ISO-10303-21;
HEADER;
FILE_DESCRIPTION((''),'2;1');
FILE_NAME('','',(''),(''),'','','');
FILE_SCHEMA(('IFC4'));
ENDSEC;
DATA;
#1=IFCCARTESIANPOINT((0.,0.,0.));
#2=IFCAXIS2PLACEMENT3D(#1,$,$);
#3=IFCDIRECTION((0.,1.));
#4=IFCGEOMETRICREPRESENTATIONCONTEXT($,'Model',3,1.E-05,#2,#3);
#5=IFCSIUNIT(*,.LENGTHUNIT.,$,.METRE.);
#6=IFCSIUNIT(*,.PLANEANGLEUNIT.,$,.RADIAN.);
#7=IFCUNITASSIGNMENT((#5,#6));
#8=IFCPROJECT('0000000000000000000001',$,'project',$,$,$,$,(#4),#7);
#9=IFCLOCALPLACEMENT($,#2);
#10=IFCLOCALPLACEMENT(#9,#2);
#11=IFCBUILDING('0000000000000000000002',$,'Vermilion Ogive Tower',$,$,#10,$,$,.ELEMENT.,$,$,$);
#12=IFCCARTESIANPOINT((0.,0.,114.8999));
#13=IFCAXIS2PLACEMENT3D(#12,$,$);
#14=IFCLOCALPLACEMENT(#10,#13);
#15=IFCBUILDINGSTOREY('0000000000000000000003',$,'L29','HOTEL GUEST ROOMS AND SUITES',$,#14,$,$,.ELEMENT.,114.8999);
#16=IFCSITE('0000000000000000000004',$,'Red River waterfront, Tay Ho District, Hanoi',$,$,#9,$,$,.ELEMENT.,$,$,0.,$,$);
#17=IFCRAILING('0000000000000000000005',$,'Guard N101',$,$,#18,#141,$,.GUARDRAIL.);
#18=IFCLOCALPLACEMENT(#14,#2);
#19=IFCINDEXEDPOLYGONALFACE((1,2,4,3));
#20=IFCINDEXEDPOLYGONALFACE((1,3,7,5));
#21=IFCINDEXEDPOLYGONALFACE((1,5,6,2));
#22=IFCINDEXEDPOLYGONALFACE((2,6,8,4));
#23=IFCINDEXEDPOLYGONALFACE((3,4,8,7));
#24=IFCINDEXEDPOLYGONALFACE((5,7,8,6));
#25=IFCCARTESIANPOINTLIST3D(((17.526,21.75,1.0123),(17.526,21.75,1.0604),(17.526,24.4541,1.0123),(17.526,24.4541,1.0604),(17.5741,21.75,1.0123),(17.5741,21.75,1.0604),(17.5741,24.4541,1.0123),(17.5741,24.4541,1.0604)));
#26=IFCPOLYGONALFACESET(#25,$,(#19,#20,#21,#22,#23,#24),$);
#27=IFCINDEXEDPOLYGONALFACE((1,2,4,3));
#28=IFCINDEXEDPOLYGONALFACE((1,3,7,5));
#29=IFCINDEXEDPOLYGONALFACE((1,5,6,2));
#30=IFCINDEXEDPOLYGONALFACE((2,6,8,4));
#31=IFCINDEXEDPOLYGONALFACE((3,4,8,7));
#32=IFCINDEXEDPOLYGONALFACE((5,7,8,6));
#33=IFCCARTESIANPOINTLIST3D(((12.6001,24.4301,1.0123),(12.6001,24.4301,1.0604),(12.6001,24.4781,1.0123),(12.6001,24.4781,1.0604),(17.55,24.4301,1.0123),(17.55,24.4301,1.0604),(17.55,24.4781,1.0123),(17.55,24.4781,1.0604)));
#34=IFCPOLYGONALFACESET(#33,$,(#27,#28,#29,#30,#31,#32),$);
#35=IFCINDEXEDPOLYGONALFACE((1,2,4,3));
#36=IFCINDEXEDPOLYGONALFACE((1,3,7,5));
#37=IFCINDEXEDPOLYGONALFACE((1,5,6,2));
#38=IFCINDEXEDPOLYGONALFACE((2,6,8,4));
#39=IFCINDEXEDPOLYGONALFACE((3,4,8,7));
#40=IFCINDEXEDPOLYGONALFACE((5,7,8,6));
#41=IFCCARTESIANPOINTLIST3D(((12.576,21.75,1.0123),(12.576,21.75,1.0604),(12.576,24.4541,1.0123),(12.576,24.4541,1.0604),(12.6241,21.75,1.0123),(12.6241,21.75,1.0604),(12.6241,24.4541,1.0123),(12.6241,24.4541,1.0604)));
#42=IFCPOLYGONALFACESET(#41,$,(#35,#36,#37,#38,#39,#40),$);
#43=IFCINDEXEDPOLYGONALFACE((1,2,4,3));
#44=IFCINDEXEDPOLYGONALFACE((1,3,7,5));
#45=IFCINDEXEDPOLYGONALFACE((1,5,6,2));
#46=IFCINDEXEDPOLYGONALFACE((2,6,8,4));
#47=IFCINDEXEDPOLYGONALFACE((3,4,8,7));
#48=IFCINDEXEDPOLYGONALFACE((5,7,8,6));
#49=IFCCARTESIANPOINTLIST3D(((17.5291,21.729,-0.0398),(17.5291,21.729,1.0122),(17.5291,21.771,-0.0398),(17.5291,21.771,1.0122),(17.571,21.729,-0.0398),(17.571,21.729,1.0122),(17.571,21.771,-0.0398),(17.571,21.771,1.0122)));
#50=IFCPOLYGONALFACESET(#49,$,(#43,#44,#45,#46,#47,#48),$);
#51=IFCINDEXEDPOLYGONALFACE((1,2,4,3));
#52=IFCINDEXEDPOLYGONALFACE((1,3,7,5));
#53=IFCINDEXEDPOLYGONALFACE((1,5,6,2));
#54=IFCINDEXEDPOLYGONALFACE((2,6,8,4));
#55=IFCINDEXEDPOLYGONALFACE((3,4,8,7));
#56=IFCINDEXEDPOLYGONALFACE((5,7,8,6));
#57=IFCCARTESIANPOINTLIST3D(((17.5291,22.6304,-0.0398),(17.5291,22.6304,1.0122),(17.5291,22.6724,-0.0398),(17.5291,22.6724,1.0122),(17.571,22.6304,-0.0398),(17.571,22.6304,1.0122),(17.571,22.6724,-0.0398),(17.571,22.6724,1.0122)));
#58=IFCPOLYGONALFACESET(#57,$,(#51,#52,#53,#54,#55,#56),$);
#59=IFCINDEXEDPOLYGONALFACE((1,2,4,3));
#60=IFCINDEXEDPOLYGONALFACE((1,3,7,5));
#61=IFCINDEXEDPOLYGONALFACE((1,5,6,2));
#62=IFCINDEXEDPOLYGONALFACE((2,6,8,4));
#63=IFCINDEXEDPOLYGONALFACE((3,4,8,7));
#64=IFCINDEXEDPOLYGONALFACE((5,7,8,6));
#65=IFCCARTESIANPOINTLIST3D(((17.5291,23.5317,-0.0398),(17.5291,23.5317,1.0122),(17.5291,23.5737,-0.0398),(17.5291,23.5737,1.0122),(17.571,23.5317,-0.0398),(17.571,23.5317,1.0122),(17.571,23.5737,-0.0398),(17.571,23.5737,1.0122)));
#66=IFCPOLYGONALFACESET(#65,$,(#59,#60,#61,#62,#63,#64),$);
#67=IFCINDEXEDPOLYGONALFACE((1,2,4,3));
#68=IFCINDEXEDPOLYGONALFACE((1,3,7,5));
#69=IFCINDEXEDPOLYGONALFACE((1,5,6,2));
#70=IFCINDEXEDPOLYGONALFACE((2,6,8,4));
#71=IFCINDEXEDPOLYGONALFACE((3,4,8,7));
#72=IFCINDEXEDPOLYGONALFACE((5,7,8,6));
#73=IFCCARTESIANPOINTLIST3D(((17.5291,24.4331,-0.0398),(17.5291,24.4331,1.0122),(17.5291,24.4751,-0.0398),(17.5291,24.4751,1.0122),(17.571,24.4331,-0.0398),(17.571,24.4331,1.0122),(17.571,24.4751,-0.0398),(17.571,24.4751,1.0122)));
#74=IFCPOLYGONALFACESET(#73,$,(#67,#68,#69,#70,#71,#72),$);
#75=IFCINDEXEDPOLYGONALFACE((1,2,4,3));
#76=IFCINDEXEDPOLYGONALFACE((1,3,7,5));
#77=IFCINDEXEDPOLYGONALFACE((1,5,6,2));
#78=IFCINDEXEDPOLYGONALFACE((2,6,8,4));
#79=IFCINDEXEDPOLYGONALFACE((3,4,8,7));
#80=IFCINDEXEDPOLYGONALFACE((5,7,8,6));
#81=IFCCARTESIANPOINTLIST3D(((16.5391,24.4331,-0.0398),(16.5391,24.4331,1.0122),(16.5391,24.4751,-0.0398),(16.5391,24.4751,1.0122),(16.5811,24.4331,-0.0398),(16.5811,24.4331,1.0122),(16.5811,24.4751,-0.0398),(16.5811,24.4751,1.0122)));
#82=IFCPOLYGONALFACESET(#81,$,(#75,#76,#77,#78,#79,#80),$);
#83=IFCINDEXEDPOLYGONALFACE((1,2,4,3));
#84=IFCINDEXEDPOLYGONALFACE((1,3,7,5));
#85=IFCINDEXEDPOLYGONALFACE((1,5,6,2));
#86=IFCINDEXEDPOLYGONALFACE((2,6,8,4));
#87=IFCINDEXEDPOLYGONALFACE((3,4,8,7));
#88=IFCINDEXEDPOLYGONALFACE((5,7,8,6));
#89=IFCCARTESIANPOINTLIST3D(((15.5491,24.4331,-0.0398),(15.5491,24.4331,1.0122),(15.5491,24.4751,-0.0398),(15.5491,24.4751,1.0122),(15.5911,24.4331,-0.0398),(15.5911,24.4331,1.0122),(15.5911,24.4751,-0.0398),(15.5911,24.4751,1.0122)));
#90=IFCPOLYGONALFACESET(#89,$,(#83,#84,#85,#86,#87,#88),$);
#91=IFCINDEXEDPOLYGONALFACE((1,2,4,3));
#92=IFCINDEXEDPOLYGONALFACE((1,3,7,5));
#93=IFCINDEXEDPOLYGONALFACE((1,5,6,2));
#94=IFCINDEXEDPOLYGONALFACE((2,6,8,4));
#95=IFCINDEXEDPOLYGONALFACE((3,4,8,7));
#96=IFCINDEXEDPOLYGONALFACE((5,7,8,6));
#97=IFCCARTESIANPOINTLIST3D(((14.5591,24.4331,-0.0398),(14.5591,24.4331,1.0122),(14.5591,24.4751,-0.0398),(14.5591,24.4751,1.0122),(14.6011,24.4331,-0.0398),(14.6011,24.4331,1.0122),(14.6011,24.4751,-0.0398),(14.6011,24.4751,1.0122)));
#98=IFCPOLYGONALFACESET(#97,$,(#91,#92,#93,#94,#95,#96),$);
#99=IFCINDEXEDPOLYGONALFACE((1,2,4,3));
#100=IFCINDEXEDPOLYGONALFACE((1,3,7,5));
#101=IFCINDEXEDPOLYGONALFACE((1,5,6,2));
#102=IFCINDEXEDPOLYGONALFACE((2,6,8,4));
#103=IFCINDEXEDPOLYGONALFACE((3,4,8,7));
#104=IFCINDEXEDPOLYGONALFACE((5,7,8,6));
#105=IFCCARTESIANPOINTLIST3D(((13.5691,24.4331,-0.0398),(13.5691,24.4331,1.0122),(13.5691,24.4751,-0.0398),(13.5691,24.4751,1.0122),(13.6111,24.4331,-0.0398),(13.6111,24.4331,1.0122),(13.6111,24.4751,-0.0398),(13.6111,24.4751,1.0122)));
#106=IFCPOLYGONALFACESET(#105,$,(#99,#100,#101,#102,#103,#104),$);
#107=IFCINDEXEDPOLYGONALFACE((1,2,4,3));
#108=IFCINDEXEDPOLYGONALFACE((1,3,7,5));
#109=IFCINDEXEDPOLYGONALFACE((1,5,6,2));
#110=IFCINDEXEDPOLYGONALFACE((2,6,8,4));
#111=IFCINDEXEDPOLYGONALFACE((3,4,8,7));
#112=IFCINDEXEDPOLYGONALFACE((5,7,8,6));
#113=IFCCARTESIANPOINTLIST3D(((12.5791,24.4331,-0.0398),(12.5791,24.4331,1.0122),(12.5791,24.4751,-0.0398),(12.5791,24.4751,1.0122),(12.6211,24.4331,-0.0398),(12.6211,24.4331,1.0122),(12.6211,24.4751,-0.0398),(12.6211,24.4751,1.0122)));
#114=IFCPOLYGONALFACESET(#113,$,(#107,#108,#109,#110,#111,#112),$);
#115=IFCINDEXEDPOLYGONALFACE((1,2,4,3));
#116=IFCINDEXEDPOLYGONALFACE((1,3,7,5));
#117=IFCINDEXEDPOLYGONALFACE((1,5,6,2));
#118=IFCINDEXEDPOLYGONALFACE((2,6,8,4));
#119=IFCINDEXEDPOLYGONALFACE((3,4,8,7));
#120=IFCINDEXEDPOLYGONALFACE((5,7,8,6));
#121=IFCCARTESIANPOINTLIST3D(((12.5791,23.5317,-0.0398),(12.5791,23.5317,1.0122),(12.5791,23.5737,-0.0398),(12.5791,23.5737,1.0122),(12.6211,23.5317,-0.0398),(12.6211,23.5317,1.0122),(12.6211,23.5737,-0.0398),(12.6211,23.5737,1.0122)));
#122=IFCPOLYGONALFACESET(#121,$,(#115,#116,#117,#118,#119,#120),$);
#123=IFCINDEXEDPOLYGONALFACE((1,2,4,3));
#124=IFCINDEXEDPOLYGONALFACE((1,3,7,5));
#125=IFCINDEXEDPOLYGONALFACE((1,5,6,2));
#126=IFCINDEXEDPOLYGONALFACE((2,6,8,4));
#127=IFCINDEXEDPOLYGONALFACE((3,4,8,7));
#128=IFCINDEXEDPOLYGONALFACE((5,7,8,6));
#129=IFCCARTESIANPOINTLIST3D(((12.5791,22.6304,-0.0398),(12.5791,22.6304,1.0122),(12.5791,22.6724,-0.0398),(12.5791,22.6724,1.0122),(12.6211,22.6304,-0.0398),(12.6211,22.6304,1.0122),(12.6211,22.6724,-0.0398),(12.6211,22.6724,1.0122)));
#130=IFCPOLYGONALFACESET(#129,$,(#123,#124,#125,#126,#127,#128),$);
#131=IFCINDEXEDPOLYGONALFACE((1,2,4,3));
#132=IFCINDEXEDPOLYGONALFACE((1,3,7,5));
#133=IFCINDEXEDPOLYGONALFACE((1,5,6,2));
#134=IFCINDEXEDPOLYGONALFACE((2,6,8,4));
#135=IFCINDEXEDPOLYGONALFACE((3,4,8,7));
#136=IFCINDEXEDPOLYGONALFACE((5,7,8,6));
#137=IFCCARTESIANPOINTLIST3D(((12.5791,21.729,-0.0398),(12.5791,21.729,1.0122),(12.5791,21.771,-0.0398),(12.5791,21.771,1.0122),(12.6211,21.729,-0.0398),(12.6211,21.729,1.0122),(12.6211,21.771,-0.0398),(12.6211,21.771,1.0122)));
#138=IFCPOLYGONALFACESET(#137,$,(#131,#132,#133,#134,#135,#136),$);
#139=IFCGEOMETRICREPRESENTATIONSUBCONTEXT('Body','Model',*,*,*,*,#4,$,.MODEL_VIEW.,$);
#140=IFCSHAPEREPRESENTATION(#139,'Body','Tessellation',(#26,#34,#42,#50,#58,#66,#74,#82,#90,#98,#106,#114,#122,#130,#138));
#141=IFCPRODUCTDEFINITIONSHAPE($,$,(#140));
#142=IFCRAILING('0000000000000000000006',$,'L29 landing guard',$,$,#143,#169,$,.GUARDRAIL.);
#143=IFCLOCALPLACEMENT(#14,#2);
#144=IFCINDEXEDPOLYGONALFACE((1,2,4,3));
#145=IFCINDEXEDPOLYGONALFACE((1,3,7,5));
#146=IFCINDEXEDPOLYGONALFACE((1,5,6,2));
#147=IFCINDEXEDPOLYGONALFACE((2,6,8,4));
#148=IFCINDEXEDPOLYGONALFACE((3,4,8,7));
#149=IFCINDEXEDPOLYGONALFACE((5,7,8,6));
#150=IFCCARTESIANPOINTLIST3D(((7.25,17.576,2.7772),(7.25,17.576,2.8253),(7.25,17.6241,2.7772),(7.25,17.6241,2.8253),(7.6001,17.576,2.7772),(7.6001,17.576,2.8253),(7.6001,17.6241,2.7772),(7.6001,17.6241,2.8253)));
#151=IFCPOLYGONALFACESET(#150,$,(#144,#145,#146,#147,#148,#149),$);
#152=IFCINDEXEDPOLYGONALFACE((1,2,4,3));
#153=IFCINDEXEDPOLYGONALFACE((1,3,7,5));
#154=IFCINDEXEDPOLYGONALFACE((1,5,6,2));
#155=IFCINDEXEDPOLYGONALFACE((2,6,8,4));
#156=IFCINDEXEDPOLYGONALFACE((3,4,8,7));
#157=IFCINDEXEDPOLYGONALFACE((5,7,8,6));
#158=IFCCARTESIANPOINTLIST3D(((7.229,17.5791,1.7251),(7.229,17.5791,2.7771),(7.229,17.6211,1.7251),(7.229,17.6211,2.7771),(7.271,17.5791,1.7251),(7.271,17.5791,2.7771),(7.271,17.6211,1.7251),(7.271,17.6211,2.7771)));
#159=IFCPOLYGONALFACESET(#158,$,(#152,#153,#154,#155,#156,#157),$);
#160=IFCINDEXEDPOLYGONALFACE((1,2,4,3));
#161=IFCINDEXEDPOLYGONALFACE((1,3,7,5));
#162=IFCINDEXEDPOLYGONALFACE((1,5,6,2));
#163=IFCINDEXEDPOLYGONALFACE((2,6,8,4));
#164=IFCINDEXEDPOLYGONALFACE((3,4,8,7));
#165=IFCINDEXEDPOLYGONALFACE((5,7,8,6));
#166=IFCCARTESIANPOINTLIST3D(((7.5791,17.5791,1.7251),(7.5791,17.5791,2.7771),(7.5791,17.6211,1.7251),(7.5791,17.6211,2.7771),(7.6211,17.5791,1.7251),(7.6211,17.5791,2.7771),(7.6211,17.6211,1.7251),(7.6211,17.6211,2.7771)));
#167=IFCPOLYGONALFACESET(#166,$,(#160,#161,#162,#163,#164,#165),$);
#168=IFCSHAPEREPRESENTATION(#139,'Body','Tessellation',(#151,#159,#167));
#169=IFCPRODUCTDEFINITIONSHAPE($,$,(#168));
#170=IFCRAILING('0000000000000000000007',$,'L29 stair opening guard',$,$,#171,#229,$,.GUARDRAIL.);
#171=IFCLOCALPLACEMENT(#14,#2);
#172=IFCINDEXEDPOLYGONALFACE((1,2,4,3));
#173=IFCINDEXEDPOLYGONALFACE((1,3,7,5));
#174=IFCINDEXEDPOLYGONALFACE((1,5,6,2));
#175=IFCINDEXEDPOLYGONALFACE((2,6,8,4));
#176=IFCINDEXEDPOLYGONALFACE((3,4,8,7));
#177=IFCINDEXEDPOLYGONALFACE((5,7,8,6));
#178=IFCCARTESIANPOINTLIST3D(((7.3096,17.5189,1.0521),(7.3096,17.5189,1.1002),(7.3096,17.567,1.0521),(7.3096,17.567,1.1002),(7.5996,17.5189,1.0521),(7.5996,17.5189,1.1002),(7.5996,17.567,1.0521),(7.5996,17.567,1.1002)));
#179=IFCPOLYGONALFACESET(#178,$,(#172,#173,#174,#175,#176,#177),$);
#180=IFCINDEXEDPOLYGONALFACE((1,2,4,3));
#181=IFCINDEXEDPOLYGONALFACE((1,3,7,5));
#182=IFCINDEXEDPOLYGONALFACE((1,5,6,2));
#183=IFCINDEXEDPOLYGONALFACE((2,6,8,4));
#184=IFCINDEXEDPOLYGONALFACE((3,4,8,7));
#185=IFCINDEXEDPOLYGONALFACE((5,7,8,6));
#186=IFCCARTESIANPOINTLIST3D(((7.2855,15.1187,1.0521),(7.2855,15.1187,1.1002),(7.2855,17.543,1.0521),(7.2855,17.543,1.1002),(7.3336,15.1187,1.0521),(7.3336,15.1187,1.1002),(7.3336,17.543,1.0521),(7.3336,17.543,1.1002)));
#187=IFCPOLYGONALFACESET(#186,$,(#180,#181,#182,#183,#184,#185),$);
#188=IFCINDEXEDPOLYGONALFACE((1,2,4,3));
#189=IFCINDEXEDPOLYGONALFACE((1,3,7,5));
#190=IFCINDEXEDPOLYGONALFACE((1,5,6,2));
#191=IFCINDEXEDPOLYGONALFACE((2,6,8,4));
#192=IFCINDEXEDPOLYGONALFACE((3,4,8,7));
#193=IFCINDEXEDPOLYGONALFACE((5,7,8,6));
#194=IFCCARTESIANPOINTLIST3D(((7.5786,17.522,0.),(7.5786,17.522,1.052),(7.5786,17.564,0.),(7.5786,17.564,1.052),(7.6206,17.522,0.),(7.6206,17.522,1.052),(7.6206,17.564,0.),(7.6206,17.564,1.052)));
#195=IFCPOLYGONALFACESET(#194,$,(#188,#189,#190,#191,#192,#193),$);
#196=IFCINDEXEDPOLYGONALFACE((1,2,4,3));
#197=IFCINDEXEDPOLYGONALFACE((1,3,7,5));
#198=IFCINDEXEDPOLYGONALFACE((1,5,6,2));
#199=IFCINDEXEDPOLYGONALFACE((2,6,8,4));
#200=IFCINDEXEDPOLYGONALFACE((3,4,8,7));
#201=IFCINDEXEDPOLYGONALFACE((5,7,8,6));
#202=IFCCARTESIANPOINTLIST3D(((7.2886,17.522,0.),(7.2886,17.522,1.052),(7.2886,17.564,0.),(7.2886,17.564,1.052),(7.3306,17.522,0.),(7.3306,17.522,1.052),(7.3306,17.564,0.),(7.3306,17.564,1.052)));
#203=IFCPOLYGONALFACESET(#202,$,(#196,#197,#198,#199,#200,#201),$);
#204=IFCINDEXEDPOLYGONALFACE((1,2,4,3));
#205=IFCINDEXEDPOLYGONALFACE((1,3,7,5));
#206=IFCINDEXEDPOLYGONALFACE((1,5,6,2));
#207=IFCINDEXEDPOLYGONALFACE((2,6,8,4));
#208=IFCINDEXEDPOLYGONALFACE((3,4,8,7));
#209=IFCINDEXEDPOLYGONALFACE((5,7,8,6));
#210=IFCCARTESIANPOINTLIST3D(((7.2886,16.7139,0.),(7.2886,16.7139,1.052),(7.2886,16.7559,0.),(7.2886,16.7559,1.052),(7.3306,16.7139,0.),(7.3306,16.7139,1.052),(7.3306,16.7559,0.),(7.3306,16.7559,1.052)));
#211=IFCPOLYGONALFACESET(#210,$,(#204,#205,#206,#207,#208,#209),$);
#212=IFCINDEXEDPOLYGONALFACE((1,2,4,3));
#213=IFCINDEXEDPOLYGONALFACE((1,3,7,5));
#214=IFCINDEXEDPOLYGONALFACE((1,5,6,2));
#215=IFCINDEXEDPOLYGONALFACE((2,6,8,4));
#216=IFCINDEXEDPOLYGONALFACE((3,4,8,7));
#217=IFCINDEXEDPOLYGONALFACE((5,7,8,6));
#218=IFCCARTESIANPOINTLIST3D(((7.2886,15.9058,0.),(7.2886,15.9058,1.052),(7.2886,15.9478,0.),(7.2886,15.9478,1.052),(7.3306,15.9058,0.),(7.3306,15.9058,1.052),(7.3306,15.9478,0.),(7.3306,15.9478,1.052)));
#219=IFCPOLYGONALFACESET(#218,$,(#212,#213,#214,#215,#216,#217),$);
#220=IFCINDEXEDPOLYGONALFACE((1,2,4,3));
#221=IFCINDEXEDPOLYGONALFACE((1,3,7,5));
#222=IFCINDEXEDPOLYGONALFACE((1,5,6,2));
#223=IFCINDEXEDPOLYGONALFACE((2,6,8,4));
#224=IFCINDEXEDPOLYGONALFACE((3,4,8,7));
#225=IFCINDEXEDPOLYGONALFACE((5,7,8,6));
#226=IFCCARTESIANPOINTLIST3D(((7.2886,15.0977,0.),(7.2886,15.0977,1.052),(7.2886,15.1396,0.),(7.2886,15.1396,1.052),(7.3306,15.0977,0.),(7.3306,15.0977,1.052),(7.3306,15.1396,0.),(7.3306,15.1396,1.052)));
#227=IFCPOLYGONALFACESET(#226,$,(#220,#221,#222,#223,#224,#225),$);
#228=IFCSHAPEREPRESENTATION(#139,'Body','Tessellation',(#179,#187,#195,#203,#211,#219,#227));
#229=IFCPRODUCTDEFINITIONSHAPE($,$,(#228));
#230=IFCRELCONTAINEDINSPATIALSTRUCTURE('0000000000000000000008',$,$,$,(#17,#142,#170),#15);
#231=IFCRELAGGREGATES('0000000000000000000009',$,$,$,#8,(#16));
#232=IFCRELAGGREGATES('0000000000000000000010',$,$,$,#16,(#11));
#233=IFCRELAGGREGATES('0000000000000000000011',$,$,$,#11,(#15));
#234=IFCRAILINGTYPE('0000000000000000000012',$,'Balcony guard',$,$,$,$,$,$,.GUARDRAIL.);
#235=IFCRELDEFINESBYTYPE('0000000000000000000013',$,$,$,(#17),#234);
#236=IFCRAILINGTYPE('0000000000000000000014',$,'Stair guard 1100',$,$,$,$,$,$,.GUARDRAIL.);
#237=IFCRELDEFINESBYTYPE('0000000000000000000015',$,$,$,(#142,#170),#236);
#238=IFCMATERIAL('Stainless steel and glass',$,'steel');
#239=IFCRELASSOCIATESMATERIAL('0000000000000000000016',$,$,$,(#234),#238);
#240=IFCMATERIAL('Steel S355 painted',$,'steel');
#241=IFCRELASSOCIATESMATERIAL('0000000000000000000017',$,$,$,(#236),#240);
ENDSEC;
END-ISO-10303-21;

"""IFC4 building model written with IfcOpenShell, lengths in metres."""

from ifc_helpers import new_model, si_unit, direction, frame, origin, origin_2d, place, context, subcontext, project, spatial, rectangle, extrude, material, type_object, element, save


model = new_model("IFC4")

# Units and contexts
model_context = context("Model", 3, precision=1e-05, world=origin(), true_north=direction((0.0, 1.0)))
body_context = subcontext(model_context, "Body", "Model", "MODEL_VIEW")
ifc_project = project(units=[si_unit("LENGTHUNIT", "METRE"), si_unit("PLANEANGLEUNIT", "RADIAN")], contexts=[model_context])

# Site, building, storey
site_placement = place(None, origin())
site = spatial("IfcSite", under=ifc_project, at=site_placement, Name="Red River waterfront, Tay Ho District, Hanoi", CompositionType="ELEMENT", RefElevation=0.0)
building_placement = place(site_placement, origin())
building = spatial("IfcBuilding", under=site, at=building_placement, Name="Vermilion Ogive Tower", CompositionType="ELEMENT")
storey_placement = place(building_placement, frame((0.0, 0.0, 114.8999)))
storey = spatial("IfcBuildingStorey", under=building, at=storey_placement, Name="L29", Description="HOTEL GUEST ROOMS AND SUITES", CompositionType="ELEMENT", Elevation=114.8999)

# Railings
ifc_material_1 = material(Name="Stainless steel and glass", Category="steel")
railing_type_1 = type_object("IfcRailingType", Name="Balcony guard", PredefinedType="GUARDRAIL", material=ifc_material_1)
railing_1_placement = place(storey_placement, frame((17.55, 21.75, -0.0398)))
element("IfcRailing", 1, at=railing_1_placement, inside=storey, type_object=railing_type_1, Name="Guard N101", PredefinedType="GUARDRAIL", context=body_context, shape_type="SweptSolid", body=[
    extrude(rectangle(XDim=0.0481, YDim=0.0481, at=origin_2d()), frame((0.0, 0.0, 1.0762), z_axis=(0.0, 1.0, 0.0), x_axis=(-1.0, 0.0, 0.0)), (0.0, 0.0, 1.0), 2.7041),
    extrude(rectangle(XDim=0.0481, YDim=0.0481, at=origin_2d()), frame((0.0, 2.7041, 1.0762), z_axis=(-1.0, 0.0, 0.0), x_axis=(0.0, -1.0, 0.0)), (0.0, 0.0, 1.0), 4.95),
    extrude(rectangle(XDim=0.0481, YDim=0.0481, at=origin_2d()), frame((-4.95, 2.7041, 1.0762), z_axis=(0.0, -1.0, 0.0), x_axis=(1.0, 0.0, 0.0)), (0.0, 0.0, 1.0), 2.7041),
    extrude(rectangle(XDim=0.042, YDim=0.042, at=origin_2d()), origin(), (0.0, 0.0, 1.0), 1.052),
    extrude(rectangle(XDim=0.042, YDim=0.042, at=origin_2d()), frame((0.0, 0.9014, 0.0)), (0.0, 0.0, 1.0), 1.052),
    extrude(rectangle(XDim=0.042, YDim=0.042, at=origin_2d()), frame((0.0, 1.8027, 0.0)), (0.0, 0.0, 1.0), 1.052),
    extrude(rectangle(XDim=0.042, YDim=0.042, at=origin_2d()), frame((0.0, 2.7041, 0.0)), (0.0, 0.0, 1.0), 1.052),
    extrude(rectangle(XDim=0.042, YDim=0.042, at=origin_2d()), frame((-0.99, 2.7041, 0.0)), (0.0, 0.0, 1.0), 1.052),
    extrude(rectangle(XDim=0.042, YDim=0.042, at=origin_2d()), frame((-1.98, 2.7041, 0.0)), (0.0, 0.0, 1.0), 1.052),
    extrude(rectangle(XDim=0.042, YDim=0.042, at=origin_2d()), frame((-2.97, 2.7041, 0.0)), (0.0, 0.0, 1.0), 1.052),
    extrude(rectangle(XDim=0.042, YDim=0.042, at=origin_2d()), frame((-3.96, 2.7041, 0.0)), (0.0, 0.0, 1.0), 1.052),
    extrude(rectangle(XDim=0.042, YDim=0.042, at=origin_2d()), frame((-4.95, 2.7041, 0.0)), (0.0, 0.0, 1.0), 1.052),
    extrude(rectangle(XDim=0.042, YDim=0.042, at=origin_2d()), frame((-4.95, 1.8027, 0.0)), (0.0, 0.0, 1.0), 1.052),
    extrude(rectangle(XDim=0.042, YDim=0.042, at=origin_2d()), frame((-4.95, 0.9014, 0.0)), (0.0, 0.0, 1.0), 1.052),
    extrude(rectangle(XDim=0.042, YDim=0.042, at=origin_2d()), frame((-4.95, 0.0, 0.0)), (0.0, 0.0, 1.0), 1.052),
])
ifc_material_2 = material(Name="Steel S355 painted", Category="steel")
railing_type_2 = type_object("IfcRailingType", Name="Stair guard 1100", PredefinedType="GUARDRAIL", material=ifc_material_2)
railing_2_placement = place(storey_placement, frame((7.25, 17.6001, 1.7251)))
element("IfcRailing", 2, at=railing_2_placement, inside=storey, type_object=railing_type_2, Name="L29 landing guard", PredefinedType="GUARDRAIL", context=body_context, shape_type="SweptSolid", body=[
    extrude(rectangle(XDim=0.0481, YDim=0.0481, at=origin_2d()), frame((0.0, 0.0, 1.0762), z_axis=(1.0, 0.0, 0.0), x_axis=(0.0, 1.0, 0.0)), (0.0, 0.0, 1.0), 0.3501),
    extrude(rectangle(XDim=0.042, YDim=0.042, at=origin_2d()), origin(), (0.0, 0.0, 1.0), 1.052),
    extrude(rectangle(XDim=0.042, YDim=0.042, at=origin_2d()), frame((0.3501, 0.0, 0.0)), (0.0, 0.0, 1.0), 1.052),
])
railing_3_placement = place(storey_placement, frame((7.5996, 17.543, 0.0)))
element("IfcRailing", 3, at=railing_3_placement, inside=storey, type_object=railing_type_2, Name="L29 stair opening guard", PredefinedType="GUARDRAIL", context=body_context, shape_type="SweptSolid", body=[
    extrude(rectangle(XDim=0.0481, YDim=0.0481, at=origin_2d()), frame((0.0, 0.0, 1.0762), z_axis=(-1.0, 0.0, 0.0), x_axis=(0.0, -1.0, 0.0)), (0.0, 0.0, 1.0), 0.29),
    extrude(rectangle(XDim=0.0481, YDim=0.0481, at=origin_2d()), frame((-0.29, 0.0, 1.0762), z_axis=(0.0, -1.0, 0.0), x_axis=(1.0, 0.0, 0.0)), (0.0, 0.0, 1.0), 2.4243),
    extrude(rectangle(XDim=0.042, YDim=0.042, at=origin_2d()), origin(), (0.0, 0.0, 1.0), 1.052),
    extrude(rectangle(XDim=0.042, YDim=0.042, at=origin_2d()), frame((-0.29, 0.0, 0.0)), (0.0, 0.0, 1.0), 1.052),
    extrude(rectangle(XDim=0.042, YDim=0.042, at=origin_2d()), frame((-0.29, -0.8081, 0.0)), (0.0, 0.0, 1.0), 1.052),
    extrude(rectangle(XDim=0.042, YDim=0.042, at=origin_2d()), frame((-0.29, -1.6162, 0.0)), (0.0, 0.0, 1.0), 1.052),
    extrude(rectangle(XDim=0.042, YDim=0.042, at=origin_2d()), frame((-0.29, -2.4243, 0.0)), (0.0, 0.0, 1.0), 1.052),
])

save(model, "model.ifc")
